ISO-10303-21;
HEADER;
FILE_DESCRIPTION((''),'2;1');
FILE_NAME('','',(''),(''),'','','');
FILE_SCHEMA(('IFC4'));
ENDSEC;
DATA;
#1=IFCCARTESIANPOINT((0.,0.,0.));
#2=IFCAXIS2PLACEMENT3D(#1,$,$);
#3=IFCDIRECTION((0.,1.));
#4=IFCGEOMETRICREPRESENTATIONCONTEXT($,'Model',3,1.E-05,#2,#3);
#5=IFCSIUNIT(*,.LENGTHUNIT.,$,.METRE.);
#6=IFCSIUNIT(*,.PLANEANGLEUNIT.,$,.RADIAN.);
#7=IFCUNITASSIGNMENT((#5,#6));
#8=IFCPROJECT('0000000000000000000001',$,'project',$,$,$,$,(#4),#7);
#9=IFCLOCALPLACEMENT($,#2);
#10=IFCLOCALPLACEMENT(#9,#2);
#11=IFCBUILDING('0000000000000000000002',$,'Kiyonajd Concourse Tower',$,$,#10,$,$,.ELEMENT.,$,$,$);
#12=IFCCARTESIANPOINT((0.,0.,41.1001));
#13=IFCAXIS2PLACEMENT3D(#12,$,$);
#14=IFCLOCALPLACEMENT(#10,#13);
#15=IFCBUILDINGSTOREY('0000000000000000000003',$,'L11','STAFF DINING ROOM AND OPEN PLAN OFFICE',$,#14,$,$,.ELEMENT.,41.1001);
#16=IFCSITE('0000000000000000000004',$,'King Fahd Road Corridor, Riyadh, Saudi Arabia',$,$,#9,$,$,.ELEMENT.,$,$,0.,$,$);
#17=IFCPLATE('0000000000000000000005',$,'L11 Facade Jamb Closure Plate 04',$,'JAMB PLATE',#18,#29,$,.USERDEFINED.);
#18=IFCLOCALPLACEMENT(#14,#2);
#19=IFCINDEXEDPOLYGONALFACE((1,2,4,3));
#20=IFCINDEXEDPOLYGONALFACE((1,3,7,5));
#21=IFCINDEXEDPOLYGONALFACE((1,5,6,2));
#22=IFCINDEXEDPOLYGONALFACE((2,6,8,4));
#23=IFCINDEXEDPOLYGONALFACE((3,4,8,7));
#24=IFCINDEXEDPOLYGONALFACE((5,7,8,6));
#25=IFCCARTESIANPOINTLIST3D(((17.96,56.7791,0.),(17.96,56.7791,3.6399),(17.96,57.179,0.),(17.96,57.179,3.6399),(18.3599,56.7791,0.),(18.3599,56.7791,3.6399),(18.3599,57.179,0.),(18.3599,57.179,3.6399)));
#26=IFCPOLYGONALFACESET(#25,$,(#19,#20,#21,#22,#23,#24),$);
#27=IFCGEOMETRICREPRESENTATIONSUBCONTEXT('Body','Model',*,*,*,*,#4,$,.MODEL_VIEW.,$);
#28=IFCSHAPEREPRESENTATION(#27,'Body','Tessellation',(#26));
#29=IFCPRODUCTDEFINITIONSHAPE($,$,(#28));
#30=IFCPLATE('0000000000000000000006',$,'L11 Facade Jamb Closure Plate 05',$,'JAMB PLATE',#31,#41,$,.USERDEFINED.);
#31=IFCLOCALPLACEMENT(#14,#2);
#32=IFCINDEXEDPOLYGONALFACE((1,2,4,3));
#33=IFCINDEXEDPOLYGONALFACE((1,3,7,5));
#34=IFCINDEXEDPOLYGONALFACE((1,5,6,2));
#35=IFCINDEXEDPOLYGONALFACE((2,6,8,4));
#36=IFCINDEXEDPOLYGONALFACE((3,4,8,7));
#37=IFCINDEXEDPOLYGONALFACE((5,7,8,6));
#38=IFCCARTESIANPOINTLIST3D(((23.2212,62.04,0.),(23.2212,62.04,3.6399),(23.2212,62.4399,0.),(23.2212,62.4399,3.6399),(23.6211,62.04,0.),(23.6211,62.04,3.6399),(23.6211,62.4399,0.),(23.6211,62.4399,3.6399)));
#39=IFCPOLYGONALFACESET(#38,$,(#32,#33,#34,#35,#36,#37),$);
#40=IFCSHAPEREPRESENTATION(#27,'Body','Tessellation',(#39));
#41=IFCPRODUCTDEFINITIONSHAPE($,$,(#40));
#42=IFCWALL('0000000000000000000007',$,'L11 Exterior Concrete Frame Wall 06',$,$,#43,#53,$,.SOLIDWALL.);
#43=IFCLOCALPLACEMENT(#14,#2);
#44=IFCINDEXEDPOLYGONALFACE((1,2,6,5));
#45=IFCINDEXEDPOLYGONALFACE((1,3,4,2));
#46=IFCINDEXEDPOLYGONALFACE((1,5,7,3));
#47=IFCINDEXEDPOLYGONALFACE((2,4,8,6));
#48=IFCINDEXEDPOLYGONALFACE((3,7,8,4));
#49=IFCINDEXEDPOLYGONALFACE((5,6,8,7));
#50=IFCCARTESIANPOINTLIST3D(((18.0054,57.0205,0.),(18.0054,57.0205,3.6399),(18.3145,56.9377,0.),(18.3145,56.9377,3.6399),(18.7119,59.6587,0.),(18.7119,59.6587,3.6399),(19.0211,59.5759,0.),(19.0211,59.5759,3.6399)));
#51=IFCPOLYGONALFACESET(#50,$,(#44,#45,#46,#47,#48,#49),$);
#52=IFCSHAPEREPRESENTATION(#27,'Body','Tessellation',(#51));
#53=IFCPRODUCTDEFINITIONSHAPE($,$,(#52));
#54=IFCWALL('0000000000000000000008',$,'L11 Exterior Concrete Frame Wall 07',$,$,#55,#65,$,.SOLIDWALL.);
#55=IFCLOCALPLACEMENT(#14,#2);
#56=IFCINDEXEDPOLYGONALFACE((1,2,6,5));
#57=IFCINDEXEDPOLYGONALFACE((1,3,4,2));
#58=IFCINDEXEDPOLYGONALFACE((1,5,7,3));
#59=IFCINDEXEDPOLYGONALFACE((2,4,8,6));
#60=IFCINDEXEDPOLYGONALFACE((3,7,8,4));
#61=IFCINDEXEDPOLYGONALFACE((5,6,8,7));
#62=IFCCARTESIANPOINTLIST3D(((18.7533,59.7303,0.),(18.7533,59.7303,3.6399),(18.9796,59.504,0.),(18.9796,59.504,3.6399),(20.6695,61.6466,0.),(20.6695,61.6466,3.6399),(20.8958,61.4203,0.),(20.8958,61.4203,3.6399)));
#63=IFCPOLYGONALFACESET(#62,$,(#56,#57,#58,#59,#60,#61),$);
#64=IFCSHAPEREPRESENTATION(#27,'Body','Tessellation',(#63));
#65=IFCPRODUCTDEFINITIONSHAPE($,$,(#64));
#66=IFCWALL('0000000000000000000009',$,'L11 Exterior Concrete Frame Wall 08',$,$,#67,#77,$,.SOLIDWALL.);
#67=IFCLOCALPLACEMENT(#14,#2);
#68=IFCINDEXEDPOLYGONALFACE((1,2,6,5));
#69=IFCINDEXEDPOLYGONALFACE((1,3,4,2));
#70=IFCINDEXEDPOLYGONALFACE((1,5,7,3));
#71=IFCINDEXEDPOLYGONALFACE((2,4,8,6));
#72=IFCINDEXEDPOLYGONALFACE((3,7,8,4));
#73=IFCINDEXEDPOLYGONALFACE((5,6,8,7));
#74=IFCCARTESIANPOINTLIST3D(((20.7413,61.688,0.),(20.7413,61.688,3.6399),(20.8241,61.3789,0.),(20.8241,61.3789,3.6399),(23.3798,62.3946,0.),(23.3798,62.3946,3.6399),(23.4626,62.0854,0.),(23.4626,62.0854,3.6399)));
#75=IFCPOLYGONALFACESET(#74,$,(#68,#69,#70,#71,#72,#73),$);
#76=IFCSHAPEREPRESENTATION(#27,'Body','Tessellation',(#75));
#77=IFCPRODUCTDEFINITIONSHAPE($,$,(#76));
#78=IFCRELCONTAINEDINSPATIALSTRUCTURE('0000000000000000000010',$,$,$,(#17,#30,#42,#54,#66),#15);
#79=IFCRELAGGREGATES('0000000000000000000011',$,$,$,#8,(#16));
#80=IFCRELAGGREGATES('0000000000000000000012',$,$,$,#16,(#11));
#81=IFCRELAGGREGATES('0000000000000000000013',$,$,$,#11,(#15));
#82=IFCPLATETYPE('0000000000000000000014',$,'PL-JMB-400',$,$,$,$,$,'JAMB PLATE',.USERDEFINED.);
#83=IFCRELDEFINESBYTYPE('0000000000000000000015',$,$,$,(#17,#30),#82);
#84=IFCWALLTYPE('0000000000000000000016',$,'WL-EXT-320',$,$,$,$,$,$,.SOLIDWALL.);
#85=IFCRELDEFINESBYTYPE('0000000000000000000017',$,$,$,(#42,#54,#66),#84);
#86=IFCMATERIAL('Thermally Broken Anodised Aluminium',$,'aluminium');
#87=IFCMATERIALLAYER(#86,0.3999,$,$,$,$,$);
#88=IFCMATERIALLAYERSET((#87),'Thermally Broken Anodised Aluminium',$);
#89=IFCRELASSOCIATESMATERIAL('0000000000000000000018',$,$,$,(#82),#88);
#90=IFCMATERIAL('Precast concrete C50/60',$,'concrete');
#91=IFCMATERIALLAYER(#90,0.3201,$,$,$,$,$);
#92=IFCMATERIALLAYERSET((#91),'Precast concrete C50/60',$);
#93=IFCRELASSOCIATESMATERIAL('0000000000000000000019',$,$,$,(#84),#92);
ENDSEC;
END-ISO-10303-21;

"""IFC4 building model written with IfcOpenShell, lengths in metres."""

from ifc_helpers import new_model, si_unit, direction, frame, frame_2d, origin, origin_2d, place, context, subcontext, project, spatial, rectangle, extrude, material, layer, layer_set, type_object, element, save


model = new_model("IFC4")

# Units and contexts
model_context = context("Model", 3, precision=1e-05, world=origin(), true_north=direction((0.0, 1.0)))
body_context = subcontext(model_context, "Body", "Model", "MODEL_VIEW")
ifc_project = project(units=[si_unit("LENGTHUNIT", "METRE"), si_unit("PLANEANGLEUNIT", "RADIAN")], contexts=[model_context])

# Site, building, storey
site_placement = place(None, origin())
site = spatial("IfcSite", under=ifc_project, at=site_placement, Name="King Fahd Road Corridor, Riyadh, Saudi Arabia", CompositionType="ELEMENT", RefElevation=0.0)
building_placement = place(site_placement, origin())
building = spatial("IfcBuilding", under=site, at=building_placement, Name="Kiyonajd Concourse Tower", CompositionType="ELEMENT")
storey_placement = place(building_placement, frame((0.0, 0.0, 41.1001)))
storey = spatial("IfcBuildingStorey", under=building, at=storey_placement, Name="L11", Description="STAFF DINING ROOM AND OPEN PLAN OFFICE", CompositionType="ELEMENT", Elevation=41.1001)

# Shared definitions
ifc_material_1 = material(Name="Precast concrete C50/60", Category="concrete")

# Shared definitions
ifc_material_2 = material(Name="Thermally Broken Anodised Aluminium", Category="aluminium")

# Plates
ifc_layer_1 = layer(ifc_material_2, 0.3999)
ifc_layer_set_1 = layer_set([ifc_layer_1], Name="Thermally Broken Anodised Aluminium")
plate_type_1 = type_object("IfcPlateType", Name="PL-JMB-400", ElementType="JAMB PLATE", PredefinedType="USERDEFINED", material=ifc_layer_set_1)
for number, where, z_axis, x_axis, name in (
    (1, (18.1599, 56.979, 0.0), (0.0, 0.0, 1.0), (1.0, 0.0, 0.0), "L11 Facade Jamb Closure Plate 04"),
    (2, (23.4211, 62.24, 0.0), (0.0, 0.0, 1.0), (1.0, 0.0, 0.0), "L11 Facade Jamb Closure Plate 05"),
):
    element("IfcPlate", number, at=place(storey_placement, frame(where, z_axis=z_axis, x_axis=x_axis)), inside=storey, type_object=plate_type_1, Name=name, ObjectType="JAMB PLATE", PredefinedType="USERDEFINED", context=body_context, shape_type="SweptSolid", body=[
        extrude(rectangle(XDim=0.3999, YDim=0.3999, at=origin_2d()), origin(), (0.0, 0.0, 1.0), 3.6399),
    ])

# Walls
ifc_layer_2 = layer(ifc_material_1, 0.3201)
ifc_layer_set_2 = layer_set([ifc_layer_2], Name="Precast concrete C50/60")
wall_type = type_object("IfcWallType", Name="WL-EXT-320", PredefinedType="SOLIDWALL", material=ifc_layer_set_2)
wall_1_placement = place(storey_placement, frame((18.1599, 56.979, 0.0), z_axis=(0.0, 0.0, 1.0), x_axis=(0.258697, 0.965958, 0.0)))
element("IfcWall", 3, at=wall_1_placement, inside=storey, type_object=wall_type, Name="L11 Exterior Concrete Frame Wall 06", PredefinedType="SOLIDWALL", context=body_context, shape_type="SweptSolid", body=[
    extrude(rectangle(XDim=2.7312, YDim=0.3201, at=frame_2d((1.3657, 0.0))), origin(), (0.0, 0.0, 1.0), 3.6399),
])
wall_2_placement = place(storey_placement, frame((18.8665, 59.6172, 0.0), z_axis=(0.0, 0.0, 1.0), x_axis=(0.707107, 0.707107, 0.0)))
element("IfcWall", 4, at=wall_2_placement, inside=storey, type_object=wall_type, Name="L11 Exterior Concrete Frame Wall 07", PredefinedType="SOLIDWALL", context=body_context, shape_type="SweptSolid", body=[
    extrude(rectangle(XDim=2.71, YDim=0.3201, at=frame_2d((1.355, 0.0))), origin(), (0.0, 0.0, 1.0), 3.6399),
])
wall_3_placement = place(storey_placement, frame((20.7827, 61.5334, 0.0), z_axis=(0.0, 0.0, 1.0), x_axis=(0.965964, 0.258675, 0.0)))
element("IfcWall", 5, at=wall_3_placement, inside=storey, type_object=wall_type, Name="L11 Exterior Concrete Frame Wall 08", PredefinedType="SOLIDWALL", context=body_context, shape_type="SweptSolid", body=[
    extrude(rectangle(XDim=2.7314, YDim=0.3201, at=frame_2d((1.3657, 0.0))), origin(), (0.0, 0.0, 1.0), 3.6399),
])

save(model, "model.ifc")
